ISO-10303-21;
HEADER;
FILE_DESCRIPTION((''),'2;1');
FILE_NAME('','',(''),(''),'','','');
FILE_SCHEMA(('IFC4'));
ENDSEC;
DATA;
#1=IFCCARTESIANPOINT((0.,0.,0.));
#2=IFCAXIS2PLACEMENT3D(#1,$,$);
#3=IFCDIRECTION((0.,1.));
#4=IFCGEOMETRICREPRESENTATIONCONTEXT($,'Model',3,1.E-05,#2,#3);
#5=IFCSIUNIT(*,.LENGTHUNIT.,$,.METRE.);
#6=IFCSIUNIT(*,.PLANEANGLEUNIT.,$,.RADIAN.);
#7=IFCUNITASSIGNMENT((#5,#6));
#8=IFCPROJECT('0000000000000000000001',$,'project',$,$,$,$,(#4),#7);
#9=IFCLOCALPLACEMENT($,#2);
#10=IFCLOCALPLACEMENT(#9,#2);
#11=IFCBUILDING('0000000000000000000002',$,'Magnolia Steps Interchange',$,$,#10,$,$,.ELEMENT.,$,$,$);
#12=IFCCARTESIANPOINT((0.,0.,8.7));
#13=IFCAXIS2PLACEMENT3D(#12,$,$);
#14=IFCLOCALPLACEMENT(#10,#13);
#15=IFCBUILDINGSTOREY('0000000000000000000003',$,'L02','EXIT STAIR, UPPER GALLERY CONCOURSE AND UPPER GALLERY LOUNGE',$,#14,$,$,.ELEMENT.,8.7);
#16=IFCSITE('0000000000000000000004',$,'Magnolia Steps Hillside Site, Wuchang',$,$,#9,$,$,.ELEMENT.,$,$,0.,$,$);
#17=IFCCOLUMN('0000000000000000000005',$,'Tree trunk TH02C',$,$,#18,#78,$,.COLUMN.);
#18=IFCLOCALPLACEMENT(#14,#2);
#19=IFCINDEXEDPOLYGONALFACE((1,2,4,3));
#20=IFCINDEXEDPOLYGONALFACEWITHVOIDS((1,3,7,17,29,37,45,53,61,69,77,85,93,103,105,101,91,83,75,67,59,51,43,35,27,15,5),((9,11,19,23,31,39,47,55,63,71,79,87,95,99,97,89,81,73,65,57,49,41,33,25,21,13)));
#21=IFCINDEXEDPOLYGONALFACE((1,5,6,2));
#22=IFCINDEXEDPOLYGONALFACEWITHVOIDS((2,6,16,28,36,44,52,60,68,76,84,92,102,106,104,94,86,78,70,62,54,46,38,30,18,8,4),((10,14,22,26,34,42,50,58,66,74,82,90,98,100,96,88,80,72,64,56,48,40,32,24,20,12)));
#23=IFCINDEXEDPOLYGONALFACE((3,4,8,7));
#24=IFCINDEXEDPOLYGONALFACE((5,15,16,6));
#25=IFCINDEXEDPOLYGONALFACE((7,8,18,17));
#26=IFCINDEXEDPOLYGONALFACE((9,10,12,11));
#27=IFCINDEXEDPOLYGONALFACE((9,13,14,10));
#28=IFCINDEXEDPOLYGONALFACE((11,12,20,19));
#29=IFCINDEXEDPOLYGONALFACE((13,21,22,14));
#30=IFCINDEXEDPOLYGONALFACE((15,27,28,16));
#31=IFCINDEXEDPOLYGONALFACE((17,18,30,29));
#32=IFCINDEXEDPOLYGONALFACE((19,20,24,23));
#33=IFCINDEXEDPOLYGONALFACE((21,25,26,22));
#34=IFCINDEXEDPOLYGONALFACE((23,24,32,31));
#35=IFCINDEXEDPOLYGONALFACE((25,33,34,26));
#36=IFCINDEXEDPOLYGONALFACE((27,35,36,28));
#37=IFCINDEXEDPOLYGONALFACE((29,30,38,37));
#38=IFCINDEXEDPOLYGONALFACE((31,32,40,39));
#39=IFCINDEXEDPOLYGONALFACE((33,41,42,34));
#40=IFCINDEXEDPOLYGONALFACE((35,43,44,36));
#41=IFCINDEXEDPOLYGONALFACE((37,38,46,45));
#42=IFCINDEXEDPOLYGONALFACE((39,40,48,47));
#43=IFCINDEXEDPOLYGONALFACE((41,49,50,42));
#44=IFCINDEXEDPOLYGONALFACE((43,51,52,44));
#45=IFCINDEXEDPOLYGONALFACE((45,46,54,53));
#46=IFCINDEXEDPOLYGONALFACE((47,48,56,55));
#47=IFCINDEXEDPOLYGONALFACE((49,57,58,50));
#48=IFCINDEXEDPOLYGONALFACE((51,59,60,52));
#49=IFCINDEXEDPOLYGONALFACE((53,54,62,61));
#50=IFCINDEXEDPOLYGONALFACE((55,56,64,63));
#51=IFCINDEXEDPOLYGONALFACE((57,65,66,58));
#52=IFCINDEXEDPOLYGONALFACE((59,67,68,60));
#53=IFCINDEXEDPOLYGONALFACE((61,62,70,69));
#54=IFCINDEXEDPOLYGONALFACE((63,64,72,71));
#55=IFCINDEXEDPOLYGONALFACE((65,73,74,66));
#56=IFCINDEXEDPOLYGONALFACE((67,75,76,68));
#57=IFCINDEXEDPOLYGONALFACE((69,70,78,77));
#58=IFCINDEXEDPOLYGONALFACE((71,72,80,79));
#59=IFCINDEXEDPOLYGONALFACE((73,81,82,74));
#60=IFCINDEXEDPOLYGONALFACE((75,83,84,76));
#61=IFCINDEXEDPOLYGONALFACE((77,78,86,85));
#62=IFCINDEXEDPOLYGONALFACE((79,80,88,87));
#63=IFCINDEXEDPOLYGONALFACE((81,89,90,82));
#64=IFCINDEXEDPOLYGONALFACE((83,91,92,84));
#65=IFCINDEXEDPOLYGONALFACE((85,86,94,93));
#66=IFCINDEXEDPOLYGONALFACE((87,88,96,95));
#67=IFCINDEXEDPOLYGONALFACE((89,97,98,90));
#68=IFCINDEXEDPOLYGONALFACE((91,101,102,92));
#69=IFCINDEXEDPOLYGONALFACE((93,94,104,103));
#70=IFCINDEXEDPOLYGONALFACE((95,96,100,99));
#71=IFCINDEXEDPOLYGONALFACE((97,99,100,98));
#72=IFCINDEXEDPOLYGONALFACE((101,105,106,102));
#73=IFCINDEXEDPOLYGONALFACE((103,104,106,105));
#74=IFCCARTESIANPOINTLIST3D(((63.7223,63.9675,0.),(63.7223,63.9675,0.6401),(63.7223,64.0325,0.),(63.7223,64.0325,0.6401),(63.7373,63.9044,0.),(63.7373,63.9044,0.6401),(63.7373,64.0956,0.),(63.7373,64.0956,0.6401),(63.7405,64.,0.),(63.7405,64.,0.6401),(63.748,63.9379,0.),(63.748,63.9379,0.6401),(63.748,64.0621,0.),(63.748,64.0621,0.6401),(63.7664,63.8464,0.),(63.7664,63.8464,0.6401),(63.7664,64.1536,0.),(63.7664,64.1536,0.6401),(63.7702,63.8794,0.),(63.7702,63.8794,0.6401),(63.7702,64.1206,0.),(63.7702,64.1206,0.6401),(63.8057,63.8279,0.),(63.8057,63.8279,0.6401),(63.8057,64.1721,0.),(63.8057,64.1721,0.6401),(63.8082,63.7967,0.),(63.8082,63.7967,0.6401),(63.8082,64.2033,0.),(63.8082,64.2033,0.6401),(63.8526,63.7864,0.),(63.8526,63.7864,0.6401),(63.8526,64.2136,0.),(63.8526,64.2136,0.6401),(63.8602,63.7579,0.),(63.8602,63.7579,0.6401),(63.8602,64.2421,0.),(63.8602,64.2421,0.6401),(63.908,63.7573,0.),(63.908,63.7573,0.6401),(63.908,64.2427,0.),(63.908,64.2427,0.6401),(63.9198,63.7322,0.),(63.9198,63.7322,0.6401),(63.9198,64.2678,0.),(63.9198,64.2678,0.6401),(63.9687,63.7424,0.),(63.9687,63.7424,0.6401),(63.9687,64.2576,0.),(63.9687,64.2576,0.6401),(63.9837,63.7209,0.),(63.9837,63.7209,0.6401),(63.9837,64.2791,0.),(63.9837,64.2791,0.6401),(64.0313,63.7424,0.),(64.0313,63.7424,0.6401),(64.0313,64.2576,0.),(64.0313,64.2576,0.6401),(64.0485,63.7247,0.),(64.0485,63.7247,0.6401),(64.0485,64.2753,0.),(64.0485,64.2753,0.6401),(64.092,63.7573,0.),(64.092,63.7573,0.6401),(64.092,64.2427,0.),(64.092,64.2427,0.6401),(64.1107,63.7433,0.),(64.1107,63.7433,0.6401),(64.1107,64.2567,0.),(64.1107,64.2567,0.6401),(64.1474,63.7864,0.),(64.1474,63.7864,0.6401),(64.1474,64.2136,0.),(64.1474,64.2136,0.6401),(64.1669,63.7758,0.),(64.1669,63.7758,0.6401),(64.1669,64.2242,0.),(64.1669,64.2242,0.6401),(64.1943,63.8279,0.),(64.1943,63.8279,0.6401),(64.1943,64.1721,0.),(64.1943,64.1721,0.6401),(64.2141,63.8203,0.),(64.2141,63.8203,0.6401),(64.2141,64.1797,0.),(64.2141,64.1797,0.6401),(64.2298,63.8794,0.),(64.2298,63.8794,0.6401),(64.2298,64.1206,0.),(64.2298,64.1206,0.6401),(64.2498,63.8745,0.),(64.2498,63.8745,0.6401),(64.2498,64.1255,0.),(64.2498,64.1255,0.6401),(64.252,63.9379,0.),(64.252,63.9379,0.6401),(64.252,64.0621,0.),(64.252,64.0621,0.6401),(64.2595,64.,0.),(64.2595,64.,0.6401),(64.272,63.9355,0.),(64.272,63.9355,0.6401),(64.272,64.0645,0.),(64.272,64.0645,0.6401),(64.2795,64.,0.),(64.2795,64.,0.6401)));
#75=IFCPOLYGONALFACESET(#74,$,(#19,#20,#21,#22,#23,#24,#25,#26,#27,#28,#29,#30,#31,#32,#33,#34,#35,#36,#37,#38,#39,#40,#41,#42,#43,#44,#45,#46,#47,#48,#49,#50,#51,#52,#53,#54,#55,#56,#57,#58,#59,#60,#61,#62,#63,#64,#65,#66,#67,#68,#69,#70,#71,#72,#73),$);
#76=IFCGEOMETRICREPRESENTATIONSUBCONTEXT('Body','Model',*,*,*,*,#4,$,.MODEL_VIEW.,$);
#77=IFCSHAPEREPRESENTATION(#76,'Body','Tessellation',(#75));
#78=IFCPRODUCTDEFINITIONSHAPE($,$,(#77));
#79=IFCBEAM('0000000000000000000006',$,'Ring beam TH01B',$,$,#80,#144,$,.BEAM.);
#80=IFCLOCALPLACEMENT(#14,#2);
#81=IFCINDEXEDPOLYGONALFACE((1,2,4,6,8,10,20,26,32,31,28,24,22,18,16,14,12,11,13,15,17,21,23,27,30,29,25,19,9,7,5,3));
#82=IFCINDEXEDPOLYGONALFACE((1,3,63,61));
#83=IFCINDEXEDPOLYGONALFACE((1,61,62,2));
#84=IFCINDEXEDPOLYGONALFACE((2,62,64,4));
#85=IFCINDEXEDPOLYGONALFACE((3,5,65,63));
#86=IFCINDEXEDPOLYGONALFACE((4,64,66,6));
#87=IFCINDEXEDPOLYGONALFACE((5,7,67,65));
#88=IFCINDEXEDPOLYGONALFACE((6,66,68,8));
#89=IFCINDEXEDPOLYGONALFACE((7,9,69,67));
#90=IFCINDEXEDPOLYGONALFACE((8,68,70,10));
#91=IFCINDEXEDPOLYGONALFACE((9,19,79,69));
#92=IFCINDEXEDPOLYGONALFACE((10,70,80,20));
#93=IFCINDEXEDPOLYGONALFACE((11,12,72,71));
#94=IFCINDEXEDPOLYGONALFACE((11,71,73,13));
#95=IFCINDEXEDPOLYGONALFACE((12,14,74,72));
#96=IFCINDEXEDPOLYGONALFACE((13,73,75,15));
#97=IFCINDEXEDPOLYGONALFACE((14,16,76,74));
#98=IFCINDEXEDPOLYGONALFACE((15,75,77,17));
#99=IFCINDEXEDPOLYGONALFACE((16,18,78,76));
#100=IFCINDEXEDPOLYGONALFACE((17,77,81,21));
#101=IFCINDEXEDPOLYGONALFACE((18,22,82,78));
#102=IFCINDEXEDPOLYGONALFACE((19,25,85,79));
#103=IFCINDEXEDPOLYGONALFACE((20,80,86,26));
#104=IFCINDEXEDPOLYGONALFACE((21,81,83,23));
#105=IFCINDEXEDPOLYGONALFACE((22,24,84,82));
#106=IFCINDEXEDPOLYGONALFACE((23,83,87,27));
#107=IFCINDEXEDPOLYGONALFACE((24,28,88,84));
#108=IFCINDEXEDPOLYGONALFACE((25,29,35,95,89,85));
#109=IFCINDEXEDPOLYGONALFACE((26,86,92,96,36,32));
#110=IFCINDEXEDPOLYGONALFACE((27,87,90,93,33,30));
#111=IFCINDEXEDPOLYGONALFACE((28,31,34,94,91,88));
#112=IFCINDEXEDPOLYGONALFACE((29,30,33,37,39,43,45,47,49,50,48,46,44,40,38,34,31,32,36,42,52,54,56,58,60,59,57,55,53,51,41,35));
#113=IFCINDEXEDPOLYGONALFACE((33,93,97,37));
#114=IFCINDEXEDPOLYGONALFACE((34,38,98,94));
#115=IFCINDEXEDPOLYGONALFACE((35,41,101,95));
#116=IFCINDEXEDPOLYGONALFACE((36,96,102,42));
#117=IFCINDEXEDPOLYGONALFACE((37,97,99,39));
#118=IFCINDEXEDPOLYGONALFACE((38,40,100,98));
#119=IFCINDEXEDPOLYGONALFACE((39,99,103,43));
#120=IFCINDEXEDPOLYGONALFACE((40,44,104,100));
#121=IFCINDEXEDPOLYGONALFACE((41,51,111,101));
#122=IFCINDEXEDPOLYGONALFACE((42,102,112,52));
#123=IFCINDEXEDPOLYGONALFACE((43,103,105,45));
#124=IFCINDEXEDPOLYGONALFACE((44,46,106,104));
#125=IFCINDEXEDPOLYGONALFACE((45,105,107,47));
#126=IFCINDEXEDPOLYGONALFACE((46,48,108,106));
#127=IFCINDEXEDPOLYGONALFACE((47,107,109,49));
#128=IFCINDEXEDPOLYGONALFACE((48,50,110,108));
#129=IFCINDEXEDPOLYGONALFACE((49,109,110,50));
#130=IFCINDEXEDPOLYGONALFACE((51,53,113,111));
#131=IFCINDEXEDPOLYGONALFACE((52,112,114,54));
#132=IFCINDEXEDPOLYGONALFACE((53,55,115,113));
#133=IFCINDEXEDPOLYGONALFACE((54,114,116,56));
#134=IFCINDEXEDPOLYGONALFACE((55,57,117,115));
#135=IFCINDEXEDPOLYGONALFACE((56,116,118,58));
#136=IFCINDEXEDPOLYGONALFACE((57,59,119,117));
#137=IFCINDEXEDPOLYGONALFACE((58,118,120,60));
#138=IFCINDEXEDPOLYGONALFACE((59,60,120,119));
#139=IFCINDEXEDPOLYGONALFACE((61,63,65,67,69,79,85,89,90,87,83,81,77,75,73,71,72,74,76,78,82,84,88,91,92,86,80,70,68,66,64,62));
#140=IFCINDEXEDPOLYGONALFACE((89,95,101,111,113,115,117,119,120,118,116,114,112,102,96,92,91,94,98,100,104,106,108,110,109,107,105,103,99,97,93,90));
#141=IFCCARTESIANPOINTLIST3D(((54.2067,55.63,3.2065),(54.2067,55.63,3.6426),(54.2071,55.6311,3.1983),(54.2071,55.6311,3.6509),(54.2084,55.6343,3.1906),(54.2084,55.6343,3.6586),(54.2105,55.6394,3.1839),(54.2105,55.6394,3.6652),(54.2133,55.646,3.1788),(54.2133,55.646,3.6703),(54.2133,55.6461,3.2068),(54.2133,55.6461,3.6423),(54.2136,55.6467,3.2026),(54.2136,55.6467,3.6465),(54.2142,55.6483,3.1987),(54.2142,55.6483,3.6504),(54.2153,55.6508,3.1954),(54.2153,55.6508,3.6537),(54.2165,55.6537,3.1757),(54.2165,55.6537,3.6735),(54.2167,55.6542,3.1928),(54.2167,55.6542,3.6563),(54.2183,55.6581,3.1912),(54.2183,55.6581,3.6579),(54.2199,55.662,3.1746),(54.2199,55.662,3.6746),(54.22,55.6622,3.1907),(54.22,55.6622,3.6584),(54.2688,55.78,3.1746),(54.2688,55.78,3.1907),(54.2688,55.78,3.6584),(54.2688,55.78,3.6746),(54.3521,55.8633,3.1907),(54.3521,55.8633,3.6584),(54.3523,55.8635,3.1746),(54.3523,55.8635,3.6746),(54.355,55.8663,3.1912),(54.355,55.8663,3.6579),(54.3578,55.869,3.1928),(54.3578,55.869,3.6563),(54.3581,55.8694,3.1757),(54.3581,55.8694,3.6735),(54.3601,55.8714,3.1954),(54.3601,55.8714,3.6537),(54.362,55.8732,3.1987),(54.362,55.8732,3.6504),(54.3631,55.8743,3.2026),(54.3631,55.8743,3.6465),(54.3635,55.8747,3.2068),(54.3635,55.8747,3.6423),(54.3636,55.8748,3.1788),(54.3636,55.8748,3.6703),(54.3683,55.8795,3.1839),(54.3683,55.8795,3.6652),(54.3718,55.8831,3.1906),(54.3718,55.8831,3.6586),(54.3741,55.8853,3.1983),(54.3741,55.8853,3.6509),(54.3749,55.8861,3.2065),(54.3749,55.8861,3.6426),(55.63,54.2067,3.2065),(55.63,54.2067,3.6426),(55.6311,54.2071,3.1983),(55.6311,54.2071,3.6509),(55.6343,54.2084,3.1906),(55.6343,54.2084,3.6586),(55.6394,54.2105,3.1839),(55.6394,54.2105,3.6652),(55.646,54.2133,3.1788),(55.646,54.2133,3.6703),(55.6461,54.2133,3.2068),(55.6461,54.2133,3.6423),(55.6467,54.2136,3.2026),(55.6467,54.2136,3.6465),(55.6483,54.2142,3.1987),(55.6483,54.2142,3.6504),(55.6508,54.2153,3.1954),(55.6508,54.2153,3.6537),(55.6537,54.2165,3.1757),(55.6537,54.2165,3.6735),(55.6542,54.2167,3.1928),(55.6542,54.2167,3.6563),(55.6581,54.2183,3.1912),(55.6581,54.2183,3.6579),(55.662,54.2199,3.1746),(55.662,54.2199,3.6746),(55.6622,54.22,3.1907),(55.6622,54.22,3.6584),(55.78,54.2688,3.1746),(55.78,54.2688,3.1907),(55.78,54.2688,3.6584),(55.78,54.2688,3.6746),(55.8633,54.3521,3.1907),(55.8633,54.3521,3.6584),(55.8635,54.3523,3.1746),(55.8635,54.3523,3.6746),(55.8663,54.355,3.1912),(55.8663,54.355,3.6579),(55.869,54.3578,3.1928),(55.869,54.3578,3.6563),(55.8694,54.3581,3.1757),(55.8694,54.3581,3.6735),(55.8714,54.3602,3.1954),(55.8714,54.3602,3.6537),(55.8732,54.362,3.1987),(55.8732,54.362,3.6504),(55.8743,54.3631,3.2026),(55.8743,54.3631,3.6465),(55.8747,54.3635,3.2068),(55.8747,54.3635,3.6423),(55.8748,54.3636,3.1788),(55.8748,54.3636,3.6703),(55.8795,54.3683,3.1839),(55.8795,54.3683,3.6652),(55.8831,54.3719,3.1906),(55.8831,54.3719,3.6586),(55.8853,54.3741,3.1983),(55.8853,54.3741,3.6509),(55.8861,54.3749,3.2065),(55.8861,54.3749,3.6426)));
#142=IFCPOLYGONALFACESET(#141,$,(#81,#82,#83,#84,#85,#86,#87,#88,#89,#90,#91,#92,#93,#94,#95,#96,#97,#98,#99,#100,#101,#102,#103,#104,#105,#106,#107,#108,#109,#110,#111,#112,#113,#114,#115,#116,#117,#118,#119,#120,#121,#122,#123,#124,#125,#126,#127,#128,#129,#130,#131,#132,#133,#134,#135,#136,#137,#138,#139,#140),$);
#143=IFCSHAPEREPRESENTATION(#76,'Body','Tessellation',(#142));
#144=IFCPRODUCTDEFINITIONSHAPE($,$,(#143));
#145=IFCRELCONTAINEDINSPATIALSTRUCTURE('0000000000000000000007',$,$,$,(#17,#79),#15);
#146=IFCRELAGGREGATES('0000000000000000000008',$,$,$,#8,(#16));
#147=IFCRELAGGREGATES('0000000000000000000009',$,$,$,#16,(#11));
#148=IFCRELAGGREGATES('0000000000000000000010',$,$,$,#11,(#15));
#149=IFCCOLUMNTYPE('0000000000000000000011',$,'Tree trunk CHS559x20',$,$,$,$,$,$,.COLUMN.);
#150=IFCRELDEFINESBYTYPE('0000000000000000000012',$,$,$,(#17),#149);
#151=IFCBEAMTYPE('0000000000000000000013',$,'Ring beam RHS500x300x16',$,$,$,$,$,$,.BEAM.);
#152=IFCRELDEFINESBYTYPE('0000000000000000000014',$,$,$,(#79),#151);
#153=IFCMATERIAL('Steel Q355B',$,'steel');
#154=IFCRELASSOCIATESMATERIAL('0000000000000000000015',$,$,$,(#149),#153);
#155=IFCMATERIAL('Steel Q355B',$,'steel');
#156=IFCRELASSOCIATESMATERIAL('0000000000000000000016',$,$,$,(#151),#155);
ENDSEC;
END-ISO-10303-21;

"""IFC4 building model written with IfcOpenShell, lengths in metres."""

from ifc_helpers import new_model, si_unit, direction, frame, origin, origin_2d, place, context, subcontext, project, spatial, hollow_rectangle, hollow_circle, extrude, clip, halfspace, material, material_profile, profile_set, type_object, element, save


model = new_model("IFC4")

# Units and contexts
model_context = context("Model", 3, precision=1e-05, world=origin(), true_north=direction((0.0, 1.0)))
body_context = subcontext(model_context, "Body", "Model", "MODEL_VIEW")
ifc_project = project(units=[si_unit("LENGTHUNIT", "METRE"), si_unit("PLANEANGLEUNIT", "RADIAN")], contexts=[model_context])

# Site, building, storey
site_placement = place(None, origin())
site = spatial("IfcSite", under=ifc_project, at=site_placement, Name="Magnolia Steps Hillside Site, Wuchang", CompositionType="ELEMENT", RefElevation=0.0)
building_placement = place(site_placement, origin())
building = spatial("IfcBuilding", under=site, at=building_placement, Name="Magnolia Steps Interchange", CompositionType="ELEMENT")
storey_placement = place(building_placement, frame((0.0, 0.0, 8.7)))
storey = spatial("IfcBuildingStorey", under=building, at=storey_placement, Name="L02", Description="EXIT STAIR, UPPER GALLERY CONCOURSE AND UPPER GALLERY LOUNGE", CompositionType="ELEMENT", Elevation=8.7)

# Column
ifc_material_1 = material(Name="Steel Q355B", Category="steel")
ifc_material_profile_1 = material_profile(ifc_material_1, hollow_circle(Radius=0.2795, WallThickness=0.02, at=origin_2d()), Name="CHS559x20")
ifc_profile_set_1 = profile_set([ifc_material_profile_1], Name="Steel Q355B")
column_type = type_object("IfcColumnType", Name="Tree trunk CHS559x20", PredefinedType="COLUMN", material=ifc_profile_set_1)
column_placement = place(storey_placement, frame((64.0, 64.0, 0.0), z_axis=(0.0, 0.0, 1.0), x_axis=(1.0, 0.0, 0.0)))
element("IfcColumn", 1, at=column_placement, inside=storey, type_object=column_type, Name="Tree trunk TH02C", PredefinedType="COLUMN", context=body_context, shape_type="SweptSolid", body=[
    extrude(hollow_circle(Radius=0.2795, WallThickness=0.02, at=origin_2d()), origin(), (0.0, 0.0, 1.0), 0.6401),
])

# Beam
ifc_material_2 = material(Name="Steel Q355B", Category="steel")
ifc_material_profile_2 = material_profile(ifc_material_2, hollow_rectangle(XDim=0.3, YDim=0.5, WallThickness=0.0161, InnerFilletRadius=0.0161, OuterFilletRadius=0.032, at=origin_2d()), Name="RHS500x300x16")
ifc_profile_set_2 = profile_set([ifc_material_profile_2], Name="Steel Q355B")
beam_type = type_object("IfcBeamType", Name="Ring beam RHS500x300x16", PredefinedType="BEAM", material=ifc_profile_set_2)
beam_1_placement = place(storey_placement, frame((55.78, 54.2688, 3.4246), z_axis=(-0.707107, 0.707107, 0.0), x_axis=(-0.707107, -0.707107, 0.0)))
element("IfcBeam", 2, at=beam_1_placement, inside=storey, type_object=beam_type, Name="Ring beam TH01B", PredefinedType="BEAM", context=body_context, shape_type="Clipping", body=[
    clip(clip(extrude(hollow_rectangle(XDim=0.3, YDim=0.5, WallThickness=0.0161, InnerFilletRadius=0.0161, OuterFilletRadius=0.032, at=origin_2d()), origin(), (0.0, 0.0, 1.0), 2.1372), halfspace(frame((0.0, 0.0, 0.0), z_axis=(0.382683, 0.0, -0.92388), x_axis=(0.92388, 0.0, 0.382683)), False)), halfspace(frame((0.0, 0.0, 2.1372), z_axis=(0.382683, 0.0, 0.92388), x_axis=(0.92388, 0.0, -0.382683)), False)),
])

save(model, "model.ifc")
